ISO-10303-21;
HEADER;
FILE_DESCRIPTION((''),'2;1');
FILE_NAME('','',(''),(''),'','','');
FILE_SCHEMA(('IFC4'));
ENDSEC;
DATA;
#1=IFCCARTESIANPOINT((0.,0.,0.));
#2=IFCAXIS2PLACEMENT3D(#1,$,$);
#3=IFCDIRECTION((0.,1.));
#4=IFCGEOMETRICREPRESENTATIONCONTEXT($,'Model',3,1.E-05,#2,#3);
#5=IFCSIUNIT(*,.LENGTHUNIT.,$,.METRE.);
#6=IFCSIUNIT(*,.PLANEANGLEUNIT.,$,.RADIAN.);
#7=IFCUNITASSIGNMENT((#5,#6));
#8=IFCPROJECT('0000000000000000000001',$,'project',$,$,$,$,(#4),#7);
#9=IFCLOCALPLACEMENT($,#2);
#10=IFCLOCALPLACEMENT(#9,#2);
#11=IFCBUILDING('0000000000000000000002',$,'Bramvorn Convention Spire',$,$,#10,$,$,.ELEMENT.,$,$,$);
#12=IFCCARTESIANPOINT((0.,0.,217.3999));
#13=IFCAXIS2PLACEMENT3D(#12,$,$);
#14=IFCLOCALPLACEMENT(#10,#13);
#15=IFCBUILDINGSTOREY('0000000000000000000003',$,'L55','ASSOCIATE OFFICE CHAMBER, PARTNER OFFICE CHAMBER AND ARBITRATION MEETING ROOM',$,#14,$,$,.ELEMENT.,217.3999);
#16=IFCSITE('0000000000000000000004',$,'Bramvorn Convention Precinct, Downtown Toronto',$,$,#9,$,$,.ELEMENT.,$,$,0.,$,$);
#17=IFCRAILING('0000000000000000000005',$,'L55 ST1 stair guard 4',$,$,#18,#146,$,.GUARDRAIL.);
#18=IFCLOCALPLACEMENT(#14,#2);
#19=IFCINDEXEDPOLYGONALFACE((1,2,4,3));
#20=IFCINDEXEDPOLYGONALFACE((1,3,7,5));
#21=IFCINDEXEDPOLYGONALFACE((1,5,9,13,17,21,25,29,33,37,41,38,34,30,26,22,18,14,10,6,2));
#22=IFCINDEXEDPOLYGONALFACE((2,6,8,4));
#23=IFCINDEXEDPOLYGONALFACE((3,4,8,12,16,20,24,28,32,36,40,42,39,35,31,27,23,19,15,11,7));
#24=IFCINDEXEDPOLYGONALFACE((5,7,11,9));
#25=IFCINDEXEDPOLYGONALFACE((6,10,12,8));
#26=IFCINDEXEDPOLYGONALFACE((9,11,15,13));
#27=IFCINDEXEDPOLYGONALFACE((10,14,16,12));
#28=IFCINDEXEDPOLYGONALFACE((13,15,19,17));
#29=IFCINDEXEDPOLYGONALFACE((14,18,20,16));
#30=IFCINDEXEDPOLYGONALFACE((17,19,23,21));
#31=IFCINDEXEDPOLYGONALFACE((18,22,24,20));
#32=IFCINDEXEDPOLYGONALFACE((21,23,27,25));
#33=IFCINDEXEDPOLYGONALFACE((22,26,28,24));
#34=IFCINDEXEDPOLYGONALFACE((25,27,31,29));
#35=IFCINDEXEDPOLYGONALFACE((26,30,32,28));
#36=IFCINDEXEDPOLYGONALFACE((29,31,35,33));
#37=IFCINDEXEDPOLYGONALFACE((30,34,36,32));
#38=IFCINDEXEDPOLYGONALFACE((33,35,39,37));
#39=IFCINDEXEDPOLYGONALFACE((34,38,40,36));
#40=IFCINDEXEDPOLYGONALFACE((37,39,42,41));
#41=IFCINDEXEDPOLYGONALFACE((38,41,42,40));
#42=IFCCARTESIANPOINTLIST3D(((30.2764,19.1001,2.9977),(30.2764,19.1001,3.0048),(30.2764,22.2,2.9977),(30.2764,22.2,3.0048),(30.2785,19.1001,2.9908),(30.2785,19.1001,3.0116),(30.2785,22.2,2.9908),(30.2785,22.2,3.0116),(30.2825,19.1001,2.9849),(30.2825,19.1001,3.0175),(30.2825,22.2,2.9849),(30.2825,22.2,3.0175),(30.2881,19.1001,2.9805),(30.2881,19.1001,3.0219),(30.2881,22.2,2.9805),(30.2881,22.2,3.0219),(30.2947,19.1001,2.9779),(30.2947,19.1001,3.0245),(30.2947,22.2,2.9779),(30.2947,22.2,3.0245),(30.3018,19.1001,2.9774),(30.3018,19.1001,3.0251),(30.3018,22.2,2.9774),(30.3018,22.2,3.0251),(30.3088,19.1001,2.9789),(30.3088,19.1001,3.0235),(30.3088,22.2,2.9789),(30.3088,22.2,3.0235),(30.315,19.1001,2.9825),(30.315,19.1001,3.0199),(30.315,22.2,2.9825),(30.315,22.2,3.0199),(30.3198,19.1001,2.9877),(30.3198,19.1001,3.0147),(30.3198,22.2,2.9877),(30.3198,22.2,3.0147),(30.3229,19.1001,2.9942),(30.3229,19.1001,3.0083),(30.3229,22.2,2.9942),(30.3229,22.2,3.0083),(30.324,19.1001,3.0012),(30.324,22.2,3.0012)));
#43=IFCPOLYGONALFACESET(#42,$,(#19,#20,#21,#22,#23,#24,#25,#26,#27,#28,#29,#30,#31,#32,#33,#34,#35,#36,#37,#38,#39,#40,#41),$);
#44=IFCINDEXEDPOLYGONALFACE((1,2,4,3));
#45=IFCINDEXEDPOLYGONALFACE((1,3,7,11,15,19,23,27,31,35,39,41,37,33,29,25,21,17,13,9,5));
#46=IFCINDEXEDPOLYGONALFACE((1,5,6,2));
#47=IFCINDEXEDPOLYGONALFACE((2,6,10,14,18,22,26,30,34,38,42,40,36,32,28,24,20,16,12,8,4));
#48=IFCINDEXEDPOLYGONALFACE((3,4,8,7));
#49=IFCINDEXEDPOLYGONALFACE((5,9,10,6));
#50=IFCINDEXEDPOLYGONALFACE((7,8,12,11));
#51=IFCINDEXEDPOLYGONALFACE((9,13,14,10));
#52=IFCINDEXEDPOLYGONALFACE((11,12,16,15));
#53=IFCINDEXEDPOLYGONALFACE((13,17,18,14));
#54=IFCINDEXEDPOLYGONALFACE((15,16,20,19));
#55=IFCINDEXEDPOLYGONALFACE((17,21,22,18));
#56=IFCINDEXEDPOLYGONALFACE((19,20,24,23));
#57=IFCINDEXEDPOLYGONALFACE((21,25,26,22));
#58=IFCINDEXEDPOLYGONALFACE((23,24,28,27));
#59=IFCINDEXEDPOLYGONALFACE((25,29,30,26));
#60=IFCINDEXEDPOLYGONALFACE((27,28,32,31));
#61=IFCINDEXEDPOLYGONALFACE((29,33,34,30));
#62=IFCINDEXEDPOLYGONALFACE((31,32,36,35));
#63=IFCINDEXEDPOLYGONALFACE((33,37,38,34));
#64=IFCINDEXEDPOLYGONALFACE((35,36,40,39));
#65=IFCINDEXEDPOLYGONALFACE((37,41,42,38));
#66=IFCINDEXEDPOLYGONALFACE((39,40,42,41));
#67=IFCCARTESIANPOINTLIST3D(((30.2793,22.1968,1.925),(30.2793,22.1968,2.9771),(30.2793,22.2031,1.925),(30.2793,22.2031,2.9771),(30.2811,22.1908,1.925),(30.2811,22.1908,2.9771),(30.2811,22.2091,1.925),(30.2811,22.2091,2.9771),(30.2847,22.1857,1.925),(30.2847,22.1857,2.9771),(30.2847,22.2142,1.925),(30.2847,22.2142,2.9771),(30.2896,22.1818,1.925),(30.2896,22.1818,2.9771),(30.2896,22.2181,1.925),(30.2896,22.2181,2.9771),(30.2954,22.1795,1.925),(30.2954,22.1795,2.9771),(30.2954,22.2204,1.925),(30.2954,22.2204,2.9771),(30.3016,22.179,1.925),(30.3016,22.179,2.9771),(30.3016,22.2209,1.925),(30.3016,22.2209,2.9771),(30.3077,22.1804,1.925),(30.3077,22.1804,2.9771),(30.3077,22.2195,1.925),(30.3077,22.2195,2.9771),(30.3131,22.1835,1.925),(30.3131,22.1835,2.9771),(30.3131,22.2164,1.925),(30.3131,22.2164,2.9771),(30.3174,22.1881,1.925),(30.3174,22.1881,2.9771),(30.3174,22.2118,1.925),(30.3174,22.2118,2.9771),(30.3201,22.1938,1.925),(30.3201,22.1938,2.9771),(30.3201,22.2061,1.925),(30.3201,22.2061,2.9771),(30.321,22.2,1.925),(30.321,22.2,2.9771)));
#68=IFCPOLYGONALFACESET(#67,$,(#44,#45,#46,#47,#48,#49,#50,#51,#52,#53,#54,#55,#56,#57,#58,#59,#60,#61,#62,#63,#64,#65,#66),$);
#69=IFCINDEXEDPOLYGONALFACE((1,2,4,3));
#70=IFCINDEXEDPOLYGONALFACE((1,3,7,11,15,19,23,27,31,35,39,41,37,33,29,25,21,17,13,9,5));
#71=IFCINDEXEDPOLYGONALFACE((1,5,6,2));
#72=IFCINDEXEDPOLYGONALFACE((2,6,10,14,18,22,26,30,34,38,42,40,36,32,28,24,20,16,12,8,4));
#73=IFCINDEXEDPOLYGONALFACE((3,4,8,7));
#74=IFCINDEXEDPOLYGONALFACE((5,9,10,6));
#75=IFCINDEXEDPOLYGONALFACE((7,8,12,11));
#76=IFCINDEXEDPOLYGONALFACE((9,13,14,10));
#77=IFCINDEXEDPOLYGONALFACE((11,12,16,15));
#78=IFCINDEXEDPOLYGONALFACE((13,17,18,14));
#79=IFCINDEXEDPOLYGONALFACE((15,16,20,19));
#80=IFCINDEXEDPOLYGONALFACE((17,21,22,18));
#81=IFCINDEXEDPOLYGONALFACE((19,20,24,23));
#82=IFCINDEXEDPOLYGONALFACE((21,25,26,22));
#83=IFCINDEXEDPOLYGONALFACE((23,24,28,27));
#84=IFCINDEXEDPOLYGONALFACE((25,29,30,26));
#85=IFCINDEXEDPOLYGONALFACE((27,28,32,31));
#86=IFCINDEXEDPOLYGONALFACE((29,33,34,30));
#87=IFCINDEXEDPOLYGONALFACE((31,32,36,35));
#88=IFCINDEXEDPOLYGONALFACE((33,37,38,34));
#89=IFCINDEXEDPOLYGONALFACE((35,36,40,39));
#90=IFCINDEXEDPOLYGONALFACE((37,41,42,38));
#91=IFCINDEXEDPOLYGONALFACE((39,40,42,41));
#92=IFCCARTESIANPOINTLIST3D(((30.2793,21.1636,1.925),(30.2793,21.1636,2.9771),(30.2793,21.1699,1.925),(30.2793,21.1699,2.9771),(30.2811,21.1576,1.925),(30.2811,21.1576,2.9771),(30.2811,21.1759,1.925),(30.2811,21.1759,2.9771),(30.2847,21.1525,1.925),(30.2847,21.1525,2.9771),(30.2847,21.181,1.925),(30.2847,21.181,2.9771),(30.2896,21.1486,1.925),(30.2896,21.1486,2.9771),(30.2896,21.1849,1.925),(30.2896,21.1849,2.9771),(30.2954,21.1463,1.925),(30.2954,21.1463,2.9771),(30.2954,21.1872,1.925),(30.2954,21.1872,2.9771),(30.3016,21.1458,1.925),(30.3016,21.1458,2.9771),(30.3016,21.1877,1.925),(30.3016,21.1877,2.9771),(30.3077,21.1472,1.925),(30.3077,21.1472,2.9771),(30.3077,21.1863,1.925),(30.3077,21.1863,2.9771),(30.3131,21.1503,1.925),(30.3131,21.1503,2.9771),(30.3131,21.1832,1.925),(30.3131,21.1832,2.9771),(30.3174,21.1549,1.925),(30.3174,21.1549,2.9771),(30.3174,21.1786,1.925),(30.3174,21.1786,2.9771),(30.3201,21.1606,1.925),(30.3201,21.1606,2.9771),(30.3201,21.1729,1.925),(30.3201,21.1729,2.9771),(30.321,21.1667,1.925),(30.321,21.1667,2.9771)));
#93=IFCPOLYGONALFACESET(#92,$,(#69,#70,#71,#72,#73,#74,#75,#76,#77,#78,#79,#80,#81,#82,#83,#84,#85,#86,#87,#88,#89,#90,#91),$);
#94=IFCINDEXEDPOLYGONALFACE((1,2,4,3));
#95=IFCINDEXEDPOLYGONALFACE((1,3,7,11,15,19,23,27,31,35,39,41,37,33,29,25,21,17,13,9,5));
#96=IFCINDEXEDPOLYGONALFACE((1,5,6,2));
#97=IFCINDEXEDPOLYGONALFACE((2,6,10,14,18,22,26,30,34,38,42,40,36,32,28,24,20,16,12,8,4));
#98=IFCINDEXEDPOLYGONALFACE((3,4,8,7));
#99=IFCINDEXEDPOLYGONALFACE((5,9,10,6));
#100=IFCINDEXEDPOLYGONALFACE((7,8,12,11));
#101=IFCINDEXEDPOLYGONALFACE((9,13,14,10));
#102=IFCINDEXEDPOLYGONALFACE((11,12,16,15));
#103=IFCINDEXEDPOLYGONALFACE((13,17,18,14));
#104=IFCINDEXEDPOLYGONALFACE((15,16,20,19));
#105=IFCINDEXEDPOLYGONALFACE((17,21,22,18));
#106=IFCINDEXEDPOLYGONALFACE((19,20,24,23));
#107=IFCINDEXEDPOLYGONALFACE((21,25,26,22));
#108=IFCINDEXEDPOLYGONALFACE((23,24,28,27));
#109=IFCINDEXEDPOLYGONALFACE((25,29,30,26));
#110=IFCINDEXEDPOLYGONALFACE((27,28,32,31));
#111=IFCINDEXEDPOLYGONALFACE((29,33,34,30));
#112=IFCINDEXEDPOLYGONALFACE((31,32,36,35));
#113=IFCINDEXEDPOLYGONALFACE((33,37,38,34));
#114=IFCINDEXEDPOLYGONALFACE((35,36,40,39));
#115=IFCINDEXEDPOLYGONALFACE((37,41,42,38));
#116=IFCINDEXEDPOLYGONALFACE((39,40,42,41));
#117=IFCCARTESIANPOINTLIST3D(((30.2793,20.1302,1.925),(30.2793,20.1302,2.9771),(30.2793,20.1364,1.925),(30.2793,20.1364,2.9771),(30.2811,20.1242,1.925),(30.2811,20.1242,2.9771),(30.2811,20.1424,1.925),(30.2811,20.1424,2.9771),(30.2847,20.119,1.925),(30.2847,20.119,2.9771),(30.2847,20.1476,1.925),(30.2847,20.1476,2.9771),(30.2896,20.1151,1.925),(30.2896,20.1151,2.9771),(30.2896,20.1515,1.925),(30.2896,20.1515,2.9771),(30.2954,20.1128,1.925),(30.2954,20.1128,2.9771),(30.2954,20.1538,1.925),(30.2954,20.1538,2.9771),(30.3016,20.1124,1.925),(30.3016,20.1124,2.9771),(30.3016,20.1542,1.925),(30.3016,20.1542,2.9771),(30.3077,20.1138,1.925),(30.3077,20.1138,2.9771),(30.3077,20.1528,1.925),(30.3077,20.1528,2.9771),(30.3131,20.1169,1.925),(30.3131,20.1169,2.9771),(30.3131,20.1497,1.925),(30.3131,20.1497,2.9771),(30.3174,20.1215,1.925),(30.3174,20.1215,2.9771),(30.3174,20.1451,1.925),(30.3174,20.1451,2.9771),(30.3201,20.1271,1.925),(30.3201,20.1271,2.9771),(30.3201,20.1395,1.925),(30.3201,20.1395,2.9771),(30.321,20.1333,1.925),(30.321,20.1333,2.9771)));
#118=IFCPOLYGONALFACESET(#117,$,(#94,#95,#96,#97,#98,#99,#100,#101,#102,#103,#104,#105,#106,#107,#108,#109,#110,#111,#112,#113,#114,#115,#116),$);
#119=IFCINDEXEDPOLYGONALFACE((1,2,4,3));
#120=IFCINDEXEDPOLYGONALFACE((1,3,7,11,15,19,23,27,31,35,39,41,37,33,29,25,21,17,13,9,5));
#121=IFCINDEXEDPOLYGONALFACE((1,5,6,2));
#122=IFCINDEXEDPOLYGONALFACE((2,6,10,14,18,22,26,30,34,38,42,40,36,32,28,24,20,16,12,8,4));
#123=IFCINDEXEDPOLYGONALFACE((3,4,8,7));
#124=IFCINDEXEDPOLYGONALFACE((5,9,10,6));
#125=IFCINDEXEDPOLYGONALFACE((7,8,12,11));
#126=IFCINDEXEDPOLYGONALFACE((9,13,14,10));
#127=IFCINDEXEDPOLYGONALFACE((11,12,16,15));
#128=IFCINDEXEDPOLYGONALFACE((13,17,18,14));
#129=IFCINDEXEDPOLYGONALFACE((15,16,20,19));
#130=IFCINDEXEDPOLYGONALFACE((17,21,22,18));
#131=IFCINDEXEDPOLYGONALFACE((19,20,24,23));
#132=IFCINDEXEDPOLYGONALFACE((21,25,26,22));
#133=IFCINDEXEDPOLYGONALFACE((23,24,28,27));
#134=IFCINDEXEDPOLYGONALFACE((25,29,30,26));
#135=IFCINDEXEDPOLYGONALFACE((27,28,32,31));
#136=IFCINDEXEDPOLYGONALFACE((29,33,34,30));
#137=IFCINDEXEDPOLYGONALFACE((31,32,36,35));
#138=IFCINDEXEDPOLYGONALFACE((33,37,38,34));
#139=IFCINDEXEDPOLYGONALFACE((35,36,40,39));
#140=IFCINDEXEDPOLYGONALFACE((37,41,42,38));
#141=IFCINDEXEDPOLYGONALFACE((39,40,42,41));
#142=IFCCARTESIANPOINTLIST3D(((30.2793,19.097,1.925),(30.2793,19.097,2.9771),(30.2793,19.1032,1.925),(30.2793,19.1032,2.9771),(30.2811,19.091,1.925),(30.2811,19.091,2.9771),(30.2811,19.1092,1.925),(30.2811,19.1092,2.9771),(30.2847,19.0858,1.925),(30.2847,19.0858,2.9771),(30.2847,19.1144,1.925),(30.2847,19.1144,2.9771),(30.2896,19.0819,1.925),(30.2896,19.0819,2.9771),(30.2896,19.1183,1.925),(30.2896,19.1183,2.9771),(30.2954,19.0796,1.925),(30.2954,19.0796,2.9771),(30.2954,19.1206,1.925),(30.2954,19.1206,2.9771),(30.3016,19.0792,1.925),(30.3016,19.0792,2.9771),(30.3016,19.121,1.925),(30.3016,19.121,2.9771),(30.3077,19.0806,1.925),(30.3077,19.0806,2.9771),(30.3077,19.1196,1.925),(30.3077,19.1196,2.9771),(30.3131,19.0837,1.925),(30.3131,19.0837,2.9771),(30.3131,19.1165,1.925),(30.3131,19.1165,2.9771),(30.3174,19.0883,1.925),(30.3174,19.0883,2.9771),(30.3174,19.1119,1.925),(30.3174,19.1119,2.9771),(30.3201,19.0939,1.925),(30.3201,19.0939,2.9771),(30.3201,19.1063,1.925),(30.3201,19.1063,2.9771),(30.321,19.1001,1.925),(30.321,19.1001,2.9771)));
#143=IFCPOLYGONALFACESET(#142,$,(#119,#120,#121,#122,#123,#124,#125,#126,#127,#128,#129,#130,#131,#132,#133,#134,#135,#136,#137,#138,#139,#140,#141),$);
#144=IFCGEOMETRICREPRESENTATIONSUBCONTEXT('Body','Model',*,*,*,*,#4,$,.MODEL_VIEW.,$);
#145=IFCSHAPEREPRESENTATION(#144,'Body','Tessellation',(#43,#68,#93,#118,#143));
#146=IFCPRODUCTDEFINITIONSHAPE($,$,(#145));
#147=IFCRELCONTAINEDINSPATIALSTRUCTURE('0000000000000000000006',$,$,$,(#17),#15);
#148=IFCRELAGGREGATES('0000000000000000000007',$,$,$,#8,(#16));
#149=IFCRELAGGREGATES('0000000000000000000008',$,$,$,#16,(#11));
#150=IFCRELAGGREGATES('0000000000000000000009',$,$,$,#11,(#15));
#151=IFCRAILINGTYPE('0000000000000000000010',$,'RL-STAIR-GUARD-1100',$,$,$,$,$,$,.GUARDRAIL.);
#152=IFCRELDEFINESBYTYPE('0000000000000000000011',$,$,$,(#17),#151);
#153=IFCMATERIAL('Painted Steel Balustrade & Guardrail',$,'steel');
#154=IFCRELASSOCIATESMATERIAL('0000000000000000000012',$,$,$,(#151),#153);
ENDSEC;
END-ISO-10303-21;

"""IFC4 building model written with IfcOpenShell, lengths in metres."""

from ifc_helpers import new_model, si_unit, direction, frame, origin, origin_2d, place, context, subcontext, project, spatial, circle, extrude, material, type_object, element, save


model = new_model("IFC4")

# Units and contexts
model_context = context("Model", 3, precision=1e-05, world=origin(), true_north=direction((0.0, 1.0)))
body_context = subcontext(model_context, "Body", "Model", "MODEL_VIEW")
ifc_project = project(units=[si_unit("LENGTHUNIT", "METRE"), si_unit("PLANEANGLEUNIT", "RADIAN")], contexts=[model_context])

# Site, building, storey
site_placement = place(None, origin())
site = spatial("IfcSite", under=ifc_project, at=site_placement, Name="Bramvorn Convention Precinct, Downtown Toronto", CompositionType="ELEMENT", RefElevation=0.0)
building_placement = place(site_placement, origin())
building = spatial("IfcBuilding", under=site, at=building_placement, Name="Bramvorn Convention Spire", CompositionType="ELEMENT")
storey_placement = place(building_placement, frame((0.0, 0.0, 217.3999)))
storey = spatial("IfcBuildingStorey", under=building, at=storey_placement, Name="L55", Description="ASSOCIATE OFFICE CHAMBER, PARTNER OFFICE CHAMBER AND ARBITRATION MEETING ROOM", CompositionType="ELEMENT", Elevation=217.3999)

# Railing
ifc_material_1 = material(Name="Painted Steel Balustrade & Guardrail", Category="steel")
railing_type_1 = type_object("IfcRailingType", Name="RL-STAIR-GUARD-1100", PredefinedType="GUARDRAIL", material=ifc_material_1)
for number, where, name in (
    (1, (30.3, 22.2, 1.925), "L55 ST1 stair guard 4"),
):
    element("IfcRailing", number, at=place(storey_placement, frame(where)), inside=storey, type_object=railing_type_1, Name=name, PredefinedType="GUARDRAIL", context=body_context, shape_type="SweptSolid", body=[
        extrude(circle(Radius=0.0239, at=origin_2d()), frame((0.0, 0.0, 1.0762), z_axis=(0.0, -1.0, 0.0), x_axis=(1.0, 0.0, 0.0)), (0.0, 0.0, 1.0), 3.0999),
        extrude(circle(Radius=0.021, at=origin_2d()), origin(), (0.0, 0.0, 1.0), 1.052),
        extrude(circle(Radius=0.021, at=origin_2d()), frame((0.0, -1.0332, 0.0)), (0.0, 0.0, 1.0), 1.052),
        extrude(circle(Radius=0.021, at=origin_2d()), frame((0.0, -2.0667, 0.0)), (0.0, 0.0, 1.0), 1.052),
        extrude(circle(Radius=0.021, at=origin_2d()), frame((0.0, -3.0999, 0.0)), (0.0, 0.0, 1.0), 1.052),
    ])

save(model, "model.ifc")
